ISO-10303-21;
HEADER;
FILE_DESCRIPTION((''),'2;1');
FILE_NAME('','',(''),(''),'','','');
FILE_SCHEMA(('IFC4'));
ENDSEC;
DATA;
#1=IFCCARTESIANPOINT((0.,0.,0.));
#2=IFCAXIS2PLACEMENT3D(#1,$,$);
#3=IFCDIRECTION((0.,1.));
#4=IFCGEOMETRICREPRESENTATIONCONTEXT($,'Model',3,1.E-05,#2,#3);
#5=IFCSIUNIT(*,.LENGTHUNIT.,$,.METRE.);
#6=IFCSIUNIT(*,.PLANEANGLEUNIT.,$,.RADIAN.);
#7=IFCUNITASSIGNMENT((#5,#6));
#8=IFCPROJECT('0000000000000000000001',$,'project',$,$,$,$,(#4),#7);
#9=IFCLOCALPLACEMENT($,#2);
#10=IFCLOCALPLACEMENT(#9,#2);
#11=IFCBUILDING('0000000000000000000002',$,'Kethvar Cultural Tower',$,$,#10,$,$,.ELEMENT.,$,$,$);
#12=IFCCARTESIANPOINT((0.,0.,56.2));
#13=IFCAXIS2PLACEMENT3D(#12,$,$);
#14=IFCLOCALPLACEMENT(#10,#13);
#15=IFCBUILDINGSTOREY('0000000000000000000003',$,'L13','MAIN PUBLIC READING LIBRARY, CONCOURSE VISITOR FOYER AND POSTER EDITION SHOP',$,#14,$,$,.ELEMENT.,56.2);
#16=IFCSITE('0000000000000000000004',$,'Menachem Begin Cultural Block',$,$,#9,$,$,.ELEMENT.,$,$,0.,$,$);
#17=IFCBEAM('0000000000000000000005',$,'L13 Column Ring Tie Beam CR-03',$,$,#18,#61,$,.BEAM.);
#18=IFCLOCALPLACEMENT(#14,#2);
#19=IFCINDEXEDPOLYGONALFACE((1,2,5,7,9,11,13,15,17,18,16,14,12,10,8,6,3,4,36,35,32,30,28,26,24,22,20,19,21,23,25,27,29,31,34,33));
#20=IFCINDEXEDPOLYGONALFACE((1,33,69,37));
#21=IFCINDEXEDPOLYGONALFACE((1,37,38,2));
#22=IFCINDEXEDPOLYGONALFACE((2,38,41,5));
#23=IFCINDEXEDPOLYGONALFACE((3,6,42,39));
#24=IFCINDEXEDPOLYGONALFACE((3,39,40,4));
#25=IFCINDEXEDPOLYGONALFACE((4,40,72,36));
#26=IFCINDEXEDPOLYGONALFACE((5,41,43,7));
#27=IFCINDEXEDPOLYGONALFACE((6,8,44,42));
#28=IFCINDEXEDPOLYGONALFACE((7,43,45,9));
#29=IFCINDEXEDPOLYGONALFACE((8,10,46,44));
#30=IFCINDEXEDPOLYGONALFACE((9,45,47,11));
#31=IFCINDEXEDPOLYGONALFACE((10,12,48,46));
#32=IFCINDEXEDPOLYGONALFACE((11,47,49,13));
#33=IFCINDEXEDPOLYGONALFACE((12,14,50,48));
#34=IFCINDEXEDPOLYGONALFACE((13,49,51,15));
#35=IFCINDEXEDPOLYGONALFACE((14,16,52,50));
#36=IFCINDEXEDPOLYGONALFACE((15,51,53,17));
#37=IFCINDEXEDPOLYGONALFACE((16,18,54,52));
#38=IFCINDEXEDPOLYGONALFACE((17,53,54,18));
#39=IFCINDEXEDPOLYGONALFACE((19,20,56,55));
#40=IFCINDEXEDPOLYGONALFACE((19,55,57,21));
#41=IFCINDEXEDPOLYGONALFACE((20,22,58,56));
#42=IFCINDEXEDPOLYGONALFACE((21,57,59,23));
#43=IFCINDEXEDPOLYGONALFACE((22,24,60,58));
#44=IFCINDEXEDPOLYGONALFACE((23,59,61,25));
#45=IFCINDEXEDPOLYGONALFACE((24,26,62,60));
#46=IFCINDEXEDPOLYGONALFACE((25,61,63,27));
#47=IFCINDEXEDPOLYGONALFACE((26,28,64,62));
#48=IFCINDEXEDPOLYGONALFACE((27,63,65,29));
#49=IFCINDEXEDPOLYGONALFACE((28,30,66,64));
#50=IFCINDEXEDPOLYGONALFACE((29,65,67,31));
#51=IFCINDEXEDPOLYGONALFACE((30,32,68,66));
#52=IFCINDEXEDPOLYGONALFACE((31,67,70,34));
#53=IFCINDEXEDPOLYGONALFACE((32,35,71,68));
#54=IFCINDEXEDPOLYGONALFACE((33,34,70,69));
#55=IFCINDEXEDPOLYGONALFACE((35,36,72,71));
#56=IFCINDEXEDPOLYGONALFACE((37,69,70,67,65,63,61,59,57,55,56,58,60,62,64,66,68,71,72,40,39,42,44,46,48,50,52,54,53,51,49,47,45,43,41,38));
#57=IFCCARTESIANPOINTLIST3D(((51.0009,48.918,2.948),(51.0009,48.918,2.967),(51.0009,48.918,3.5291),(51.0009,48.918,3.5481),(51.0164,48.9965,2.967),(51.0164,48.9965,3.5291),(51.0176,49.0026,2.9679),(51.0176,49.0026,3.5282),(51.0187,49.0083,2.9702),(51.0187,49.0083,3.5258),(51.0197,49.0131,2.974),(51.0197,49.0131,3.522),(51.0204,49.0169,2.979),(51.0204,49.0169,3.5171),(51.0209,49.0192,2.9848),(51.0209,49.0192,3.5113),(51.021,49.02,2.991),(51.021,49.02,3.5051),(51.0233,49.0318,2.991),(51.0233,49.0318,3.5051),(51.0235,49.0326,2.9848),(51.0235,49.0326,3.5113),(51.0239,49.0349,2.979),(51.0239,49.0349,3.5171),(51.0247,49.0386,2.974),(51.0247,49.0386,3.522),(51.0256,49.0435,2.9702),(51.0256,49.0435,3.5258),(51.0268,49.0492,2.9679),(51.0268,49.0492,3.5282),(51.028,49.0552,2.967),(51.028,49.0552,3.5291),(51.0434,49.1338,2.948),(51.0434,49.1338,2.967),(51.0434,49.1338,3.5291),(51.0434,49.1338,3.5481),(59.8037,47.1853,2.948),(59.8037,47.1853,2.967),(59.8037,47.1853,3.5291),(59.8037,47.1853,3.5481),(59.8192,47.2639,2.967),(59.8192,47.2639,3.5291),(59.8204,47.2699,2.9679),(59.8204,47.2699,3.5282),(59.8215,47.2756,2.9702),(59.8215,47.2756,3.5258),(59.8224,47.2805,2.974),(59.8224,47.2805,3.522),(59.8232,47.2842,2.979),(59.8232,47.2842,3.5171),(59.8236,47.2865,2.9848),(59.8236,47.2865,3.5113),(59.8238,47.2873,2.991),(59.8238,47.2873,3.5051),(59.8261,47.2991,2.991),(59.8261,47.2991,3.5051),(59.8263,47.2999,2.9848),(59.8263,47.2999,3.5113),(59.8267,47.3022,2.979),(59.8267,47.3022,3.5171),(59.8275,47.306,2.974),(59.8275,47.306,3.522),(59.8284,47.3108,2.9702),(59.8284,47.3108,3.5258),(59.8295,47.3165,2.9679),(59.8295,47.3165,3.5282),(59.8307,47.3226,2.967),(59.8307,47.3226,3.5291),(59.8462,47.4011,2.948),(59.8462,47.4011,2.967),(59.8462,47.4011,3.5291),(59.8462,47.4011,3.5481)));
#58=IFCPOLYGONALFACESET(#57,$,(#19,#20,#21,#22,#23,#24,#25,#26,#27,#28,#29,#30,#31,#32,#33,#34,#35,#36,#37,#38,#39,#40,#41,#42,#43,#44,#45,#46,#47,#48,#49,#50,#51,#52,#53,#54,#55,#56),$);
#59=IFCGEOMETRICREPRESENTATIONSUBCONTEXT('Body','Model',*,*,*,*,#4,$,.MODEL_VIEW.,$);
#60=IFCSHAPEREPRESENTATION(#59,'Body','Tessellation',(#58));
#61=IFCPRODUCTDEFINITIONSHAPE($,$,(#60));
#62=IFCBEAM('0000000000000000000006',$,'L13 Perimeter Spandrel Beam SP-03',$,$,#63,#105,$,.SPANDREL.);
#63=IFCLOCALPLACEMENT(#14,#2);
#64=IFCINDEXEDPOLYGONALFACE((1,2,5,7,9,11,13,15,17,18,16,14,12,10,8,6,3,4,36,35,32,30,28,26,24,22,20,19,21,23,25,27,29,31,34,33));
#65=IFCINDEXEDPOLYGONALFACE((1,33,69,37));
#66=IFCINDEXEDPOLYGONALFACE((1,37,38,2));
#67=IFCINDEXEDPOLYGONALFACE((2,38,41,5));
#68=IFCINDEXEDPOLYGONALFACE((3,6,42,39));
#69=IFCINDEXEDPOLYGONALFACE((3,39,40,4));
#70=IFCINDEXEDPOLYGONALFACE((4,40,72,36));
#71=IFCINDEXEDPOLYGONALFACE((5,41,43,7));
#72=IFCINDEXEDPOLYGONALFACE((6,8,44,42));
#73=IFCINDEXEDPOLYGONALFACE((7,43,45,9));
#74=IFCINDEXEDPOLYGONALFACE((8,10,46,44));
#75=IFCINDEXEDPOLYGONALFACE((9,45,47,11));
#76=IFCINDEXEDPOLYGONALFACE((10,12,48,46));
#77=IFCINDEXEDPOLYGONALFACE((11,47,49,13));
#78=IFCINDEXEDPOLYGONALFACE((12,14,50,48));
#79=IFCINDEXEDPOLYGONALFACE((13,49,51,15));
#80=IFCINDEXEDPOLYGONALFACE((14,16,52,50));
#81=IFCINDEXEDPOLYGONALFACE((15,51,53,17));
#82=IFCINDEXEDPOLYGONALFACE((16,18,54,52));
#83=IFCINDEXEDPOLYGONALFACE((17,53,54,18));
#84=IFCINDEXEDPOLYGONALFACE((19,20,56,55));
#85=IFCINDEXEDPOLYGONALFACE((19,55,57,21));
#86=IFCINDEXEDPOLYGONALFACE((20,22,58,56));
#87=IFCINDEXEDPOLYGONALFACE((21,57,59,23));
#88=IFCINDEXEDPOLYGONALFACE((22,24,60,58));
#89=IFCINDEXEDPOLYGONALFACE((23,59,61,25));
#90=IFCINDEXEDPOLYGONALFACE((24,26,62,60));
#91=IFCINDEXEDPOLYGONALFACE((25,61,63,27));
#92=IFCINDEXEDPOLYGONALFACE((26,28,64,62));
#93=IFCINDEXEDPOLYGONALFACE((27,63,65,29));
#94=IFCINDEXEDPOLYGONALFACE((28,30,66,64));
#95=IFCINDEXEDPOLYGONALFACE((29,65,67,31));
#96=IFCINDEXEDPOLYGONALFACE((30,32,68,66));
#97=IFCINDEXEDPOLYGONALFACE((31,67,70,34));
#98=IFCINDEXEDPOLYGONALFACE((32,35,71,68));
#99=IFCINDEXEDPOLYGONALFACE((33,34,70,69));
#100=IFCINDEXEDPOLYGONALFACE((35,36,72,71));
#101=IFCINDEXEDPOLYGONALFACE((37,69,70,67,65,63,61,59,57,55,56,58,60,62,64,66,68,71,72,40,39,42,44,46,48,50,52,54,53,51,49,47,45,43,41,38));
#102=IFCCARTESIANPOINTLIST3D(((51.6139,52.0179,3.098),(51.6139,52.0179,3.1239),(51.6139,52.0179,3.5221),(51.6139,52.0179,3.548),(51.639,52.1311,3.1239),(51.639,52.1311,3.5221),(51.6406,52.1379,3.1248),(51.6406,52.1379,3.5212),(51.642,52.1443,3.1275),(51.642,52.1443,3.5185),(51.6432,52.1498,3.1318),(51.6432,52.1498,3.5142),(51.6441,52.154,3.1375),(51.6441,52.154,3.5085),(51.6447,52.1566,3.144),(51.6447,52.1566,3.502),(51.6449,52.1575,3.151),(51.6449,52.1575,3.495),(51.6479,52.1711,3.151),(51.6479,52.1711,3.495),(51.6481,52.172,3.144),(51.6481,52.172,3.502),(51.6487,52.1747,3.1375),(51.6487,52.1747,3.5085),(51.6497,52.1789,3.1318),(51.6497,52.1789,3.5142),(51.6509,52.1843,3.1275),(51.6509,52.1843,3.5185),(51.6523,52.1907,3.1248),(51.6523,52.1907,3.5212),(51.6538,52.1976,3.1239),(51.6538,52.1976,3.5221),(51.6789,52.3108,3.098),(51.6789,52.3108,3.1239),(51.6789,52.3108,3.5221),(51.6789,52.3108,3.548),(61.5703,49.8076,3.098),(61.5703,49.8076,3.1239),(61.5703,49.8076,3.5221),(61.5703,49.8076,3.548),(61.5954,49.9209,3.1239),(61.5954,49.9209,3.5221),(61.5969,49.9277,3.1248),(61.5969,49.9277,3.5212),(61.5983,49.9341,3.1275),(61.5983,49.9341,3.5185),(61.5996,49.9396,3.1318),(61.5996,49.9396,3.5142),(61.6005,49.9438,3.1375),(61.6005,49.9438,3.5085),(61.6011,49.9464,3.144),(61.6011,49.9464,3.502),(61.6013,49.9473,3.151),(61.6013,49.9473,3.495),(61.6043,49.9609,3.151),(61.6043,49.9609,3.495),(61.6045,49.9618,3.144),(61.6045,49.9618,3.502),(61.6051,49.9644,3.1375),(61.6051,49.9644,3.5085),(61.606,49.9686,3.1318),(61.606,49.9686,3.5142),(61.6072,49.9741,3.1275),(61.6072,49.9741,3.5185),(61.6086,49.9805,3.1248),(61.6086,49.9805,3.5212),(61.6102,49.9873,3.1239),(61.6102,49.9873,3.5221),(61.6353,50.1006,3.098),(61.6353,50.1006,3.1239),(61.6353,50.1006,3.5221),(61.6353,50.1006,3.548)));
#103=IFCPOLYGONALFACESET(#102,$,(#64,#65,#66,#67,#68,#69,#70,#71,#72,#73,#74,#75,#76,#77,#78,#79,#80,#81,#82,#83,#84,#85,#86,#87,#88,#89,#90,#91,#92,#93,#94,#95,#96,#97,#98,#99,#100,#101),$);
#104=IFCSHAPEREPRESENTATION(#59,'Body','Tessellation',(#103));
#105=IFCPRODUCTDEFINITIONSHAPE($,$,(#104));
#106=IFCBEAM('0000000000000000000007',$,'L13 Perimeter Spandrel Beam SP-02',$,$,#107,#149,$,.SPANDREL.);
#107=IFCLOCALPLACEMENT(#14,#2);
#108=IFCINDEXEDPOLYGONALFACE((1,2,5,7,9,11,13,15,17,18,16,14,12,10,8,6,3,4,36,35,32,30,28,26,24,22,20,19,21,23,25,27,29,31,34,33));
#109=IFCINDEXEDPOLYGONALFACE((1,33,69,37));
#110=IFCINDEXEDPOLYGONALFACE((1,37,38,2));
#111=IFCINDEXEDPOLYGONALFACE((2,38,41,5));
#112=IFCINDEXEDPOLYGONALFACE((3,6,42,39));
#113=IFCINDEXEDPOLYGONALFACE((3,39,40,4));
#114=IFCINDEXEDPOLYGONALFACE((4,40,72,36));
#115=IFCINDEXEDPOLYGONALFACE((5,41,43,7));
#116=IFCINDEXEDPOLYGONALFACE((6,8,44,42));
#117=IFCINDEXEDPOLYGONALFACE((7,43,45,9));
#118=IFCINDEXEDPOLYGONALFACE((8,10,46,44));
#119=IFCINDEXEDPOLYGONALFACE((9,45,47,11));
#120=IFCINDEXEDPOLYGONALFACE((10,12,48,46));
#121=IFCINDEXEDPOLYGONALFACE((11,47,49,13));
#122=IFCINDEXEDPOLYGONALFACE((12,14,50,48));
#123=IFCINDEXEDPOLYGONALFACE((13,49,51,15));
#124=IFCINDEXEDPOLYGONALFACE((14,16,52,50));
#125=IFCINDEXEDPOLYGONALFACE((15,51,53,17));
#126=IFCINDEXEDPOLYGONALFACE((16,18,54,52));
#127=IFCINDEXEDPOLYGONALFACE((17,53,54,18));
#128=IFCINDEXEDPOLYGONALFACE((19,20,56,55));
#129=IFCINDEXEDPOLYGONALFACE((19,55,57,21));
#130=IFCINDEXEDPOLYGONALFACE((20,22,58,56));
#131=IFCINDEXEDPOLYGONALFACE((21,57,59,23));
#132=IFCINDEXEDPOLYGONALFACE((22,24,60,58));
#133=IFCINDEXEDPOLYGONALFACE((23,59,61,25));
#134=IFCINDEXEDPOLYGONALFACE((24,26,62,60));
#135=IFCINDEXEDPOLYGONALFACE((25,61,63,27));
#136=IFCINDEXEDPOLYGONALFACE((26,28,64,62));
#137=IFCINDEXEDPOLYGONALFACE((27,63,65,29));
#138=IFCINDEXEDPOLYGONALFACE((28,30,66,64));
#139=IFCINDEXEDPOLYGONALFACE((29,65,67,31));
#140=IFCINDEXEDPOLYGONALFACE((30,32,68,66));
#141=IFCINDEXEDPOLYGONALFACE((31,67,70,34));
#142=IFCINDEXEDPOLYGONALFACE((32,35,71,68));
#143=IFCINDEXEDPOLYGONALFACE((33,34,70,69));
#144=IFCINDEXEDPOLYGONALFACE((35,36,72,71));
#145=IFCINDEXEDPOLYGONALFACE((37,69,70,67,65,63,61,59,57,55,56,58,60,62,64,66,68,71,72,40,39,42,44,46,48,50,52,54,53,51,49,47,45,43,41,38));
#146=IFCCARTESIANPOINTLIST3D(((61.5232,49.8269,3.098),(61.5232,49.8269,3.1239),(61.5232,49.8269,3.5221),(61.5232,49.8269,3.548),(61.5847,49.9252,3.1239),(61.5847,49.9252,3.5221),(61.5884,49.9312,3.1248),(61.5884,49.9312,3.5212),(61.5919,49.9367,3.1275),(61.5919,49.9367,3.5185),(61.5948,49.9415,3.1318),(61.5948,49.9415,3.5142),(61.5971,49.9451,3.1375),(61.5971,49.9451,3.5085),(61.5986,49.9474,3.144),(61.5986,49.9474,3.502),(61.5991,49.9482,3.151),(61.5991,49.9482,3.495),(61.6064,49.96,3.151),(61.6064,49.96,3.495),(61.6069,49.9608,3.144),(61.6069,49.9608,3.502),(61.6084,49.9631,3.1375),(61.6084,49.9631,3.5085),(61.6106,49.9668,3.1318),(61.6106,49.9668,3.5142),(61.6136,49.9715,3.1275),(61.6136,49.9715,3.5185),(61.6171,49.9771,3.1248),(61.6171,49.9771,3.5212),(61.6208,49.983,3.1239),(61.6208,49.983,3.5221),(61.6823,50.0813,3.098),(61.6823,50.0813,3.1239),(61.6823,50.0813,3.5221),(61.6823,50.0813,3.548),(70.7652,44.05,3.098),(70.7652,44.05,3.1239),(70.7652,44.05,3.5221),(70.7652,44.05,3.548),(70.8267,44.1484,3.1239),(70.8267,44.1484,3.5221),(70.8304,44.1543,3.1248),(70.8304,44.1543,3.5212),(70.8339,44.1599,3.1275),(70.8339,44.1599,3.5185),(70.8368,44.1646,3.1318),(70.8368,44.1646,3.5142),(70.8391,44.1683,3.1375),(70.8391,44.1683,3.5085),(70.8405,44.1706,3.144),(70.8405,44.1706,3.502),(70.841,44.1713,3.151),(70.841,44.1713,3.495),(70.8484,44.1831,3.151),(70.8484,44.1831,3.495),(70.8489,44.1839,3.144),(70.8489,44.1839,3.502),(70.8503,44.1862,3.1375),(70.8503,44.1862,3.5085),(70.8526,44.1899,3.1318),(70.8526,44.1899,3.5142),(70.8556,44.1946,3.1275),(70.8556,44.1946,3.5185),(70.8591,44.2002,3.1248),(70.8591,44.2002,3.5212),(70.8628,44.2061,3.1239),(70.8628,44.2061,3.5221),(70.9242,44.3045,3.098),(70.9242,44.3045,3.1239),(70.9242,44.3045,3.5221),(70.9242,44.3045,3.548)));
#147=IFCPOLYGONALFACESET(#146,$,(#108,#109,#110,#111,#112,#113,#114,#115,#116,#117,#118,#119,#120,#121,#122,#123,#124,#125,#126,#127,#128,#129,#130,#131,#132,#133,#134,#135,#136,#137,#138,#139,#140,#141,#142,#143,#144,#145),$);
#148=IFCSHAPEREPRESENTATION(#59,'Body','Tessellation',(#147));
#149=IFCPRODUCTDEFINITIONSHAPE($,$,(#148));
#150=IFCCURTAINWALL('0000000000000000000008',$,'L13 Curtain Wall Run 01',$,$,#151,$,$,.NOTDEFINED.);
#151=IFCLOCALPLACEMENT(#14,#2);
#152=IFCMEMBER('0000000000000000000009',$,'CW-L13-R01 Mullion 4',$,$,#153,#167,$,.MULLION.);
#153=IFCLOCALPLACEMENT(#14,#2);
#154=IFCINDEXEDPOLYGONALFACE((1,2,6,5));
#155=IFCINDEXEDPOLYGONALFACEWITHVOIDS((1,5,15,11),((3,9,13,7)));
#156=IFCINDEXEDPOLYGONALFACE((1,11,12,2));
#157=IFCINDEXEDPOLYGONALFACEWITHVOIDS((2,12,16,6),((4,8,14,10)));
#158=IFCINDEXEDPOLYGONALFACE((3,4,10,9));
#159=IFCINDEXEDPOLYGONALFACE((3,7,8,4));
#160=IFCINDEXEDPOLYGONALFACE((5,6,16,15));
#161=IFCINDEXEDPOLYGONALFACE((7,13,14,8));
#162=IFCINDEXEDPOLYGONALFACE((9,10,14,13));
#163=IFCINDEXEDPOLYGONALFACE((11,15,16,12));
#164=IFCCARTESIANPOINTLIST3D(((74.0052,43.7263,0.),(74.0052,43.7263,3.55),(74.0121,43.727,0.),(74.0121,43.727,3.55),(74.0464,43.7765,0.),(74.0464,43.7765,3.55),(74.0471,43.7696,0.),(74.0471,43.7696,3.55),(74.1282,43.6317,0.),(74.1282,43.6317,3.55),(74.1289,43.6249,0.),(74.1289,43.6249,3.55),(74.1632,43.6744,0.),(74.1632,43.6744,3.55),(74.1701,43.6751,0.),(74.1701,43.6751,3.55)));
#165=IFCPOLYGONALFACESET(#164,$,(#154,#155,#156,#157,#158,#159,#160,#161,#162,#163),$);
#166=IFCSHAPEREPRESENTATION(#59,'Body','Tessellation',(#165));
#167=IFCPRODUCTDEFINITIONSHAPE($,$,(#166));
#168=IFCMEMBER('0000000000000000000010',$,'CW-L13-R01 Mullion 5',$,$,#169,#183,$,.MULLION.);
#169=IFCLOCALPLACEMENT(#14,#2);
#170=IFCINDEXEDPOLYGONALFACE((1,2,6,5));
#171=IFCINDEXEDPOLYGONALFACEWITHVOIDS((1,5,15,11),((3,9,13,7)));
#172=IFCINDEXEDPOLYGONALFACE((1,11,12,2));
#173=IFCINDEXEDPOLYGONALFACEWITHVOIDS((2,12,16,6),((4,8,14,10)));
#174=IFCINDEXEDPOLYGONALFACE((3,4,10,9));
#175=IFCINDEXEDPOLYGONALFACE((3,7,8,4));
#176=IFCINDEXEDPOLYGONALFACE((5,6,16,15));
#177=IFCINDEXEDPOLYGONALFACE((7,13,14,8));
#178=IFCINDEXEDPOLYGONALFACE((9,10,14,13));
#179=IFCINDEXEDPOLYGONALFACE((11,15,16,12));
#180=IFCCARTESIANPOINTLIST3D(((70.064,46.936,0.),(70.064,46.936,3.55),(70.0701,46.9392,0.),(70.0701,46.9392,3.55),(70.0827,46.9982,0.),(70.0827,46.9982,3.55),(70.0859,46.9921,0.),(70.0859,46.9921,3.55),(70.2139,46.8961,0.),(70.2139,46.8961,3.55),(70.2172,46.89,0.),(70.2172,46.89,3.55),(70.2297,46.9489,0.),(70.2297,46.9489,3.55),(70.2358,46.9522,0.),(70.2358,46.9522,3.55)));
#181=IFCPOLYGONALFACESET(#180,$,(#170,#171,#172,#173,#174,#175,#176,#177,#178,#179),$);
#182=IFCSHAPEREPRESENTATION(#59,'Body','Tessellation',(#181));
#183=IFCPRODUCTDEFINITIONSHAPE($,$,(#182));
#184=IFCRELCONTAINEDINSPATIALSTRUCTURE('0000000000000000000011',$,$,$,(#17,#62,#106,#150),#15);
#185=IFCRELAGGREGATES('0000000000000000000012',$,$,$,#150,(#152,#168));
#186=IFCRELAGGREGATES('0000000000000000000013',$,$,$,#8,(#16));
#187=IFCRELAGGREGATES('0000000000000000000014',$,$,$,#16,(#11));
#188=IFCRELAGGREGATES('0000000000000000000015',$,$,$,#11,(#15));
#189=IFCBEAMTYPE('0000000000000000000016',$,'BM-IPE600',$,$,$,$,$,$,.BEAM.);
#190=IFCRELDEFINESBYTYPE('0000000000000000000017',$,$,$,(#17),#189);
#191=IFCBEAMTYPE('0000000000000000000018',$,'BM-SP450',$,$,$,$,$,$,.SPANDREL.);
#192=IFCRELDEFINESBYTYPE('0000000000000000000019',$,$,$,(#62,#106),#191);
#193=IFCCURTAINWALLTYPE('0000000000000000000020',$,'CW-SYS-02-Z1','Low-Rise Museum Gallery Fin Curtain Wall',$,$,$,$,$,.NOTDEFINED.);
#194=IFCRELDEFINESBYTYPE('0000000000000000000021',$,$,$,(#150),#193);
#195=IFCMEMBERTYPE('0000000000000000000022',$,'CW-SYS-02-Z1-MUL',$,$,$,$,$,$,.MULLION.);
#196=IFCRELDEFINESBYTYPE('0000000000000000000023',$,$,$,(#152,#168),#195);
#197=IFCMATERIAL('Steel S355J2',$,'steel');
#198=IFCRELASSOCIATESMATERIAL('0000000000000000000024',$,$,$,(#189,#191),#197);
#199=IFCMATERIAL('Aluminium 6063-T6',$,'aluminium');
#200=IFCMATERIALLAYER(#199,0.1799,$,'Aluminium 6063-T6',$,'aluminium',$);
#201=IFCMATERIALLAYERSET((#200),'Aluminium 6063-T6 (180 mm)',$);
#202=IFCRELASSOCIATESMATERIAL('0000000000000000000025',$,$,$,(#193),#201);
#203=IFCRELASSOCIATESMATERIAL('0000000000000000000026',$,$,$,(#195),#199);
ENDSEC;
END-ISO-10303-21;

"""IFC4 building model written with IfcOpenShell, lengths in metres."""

from ifc_helpers import new_model, si_unit, direction, frame, origin, origin_2d, place, context, subcontext, project, spatial, hollow_rectangle, i_section, extrude, source, transform, mapped, material, layer, layer_set, material_profile, profile_set, type_object, element, aggregate, save


model = new_model("IFC4")

# Units and contexts
model_context = context("Model", 3, precision=1e-05, world=origin(), true_north=direction((0.0, 1.0)))
body_context = subcontext(model_context, "Body", "Model", "MODEL_VIEW")
ifc_project = project(units=[si_unit("LENGTHUNIT", "METRE"), si_unit("PLANEANGLEUNIT", "RADIAN")], contexts=[model_context])

# Site, building, storey
site_placement = place(None, origin())
site = spatial("IfcSite", under=ifc_project, at=site_placement, Name="Menachem Begin Cultural Block", CompositionType="ELEMENT", RefElevation=0.0)
building_placement = place(site_placement, origin())
building = spatial("IfcBuilding", under=site, at=building_placement, Name="Kethvar Cultural Tower", CompositionType="ELEMENT")
storey_placement = place(building_placement, frame((0.0, 0.0, 56.2)))
storey = spatial("IfcBuildingStorey", under=building, at=storey_placement, Name="L13", Description="MAIN PUBLIC READING LIBRARY, CONCOURSE VISITOR FOYER AND POSTER EDITION SHOP", CompositionType="ELEMENT", Elevation=56.2)

# Beams
ifc_material_1 = material(Name="Steel S355J2", Category="steel")
ifc_material_profile_1 = material_profile(ifc_material_1, i_section(OverallWidth=0.22, OverallDepth=0.6001, WebThickness=0.012, FlangeThickness=0.019, FilletRadius=0.0239, at=origin_2d()), Name="Steel S355J2 — IPE600")
ifc_profile_set_1 = profile_set([ifc_material_profile_1], Name="Steel S355J2 — IPE600")
beam_type_1 = type_object("IfcBeamType", Name="BM-IPE600", PredefinedType="BEAM", material=ifc_profile_set_1)
shared_shape_1 = source(origin(), body_context, "Body", "SweptSolid", [
    extrude(i_section(OverallWidth=0.22, OverallDepth=0.6001, WebThickness=0.012, FlangeThickness=0.019, FilletRadius=0.0239, at=origin_2d()), origin(), (0.0, 0.0, 1.0), 8.9717),
])
beam_1_placement = place(storey_placement, frame((59.825, 47.2932, 3.248), z_axis=(-0.981174, 0.193127, 0.0), x_axis=(-0.193127, -0.981174, 0.0)))
element("IfcBeam", 1, at=beam_1_placement, inside=storey, type_object=beam_type_1, Name="L13 Column Ring Tie Beam CR-03", PredefinedType="BEAM", context=body_context, shape_type="MappedRepresentation", body=[
    mapped(shared_shape_1, transform((0.0, 0.0, 0.0), scale=1.0)),
])
ifc_material_profile_2 = material_profile(ifc_material_1, i_section(OverallWidth=0.3, OverallDepth=0.45, WebThickness=0.0139, FlangeThickness=0.0259, FilletRadius=0.0271, at=origin_2d()), Name="Steel S355J2 — HEB450")
ifc_profile_set_2 = profile_set([ifc_material_profile_2], Name="Steel S355J2 — HEB450")
beam_type_2 = type_object("IfcBeamType", Name="BM-SP450", PredefinedType="SPANDREL", material=ifc_profile_set_2)
shared_shape_2 = source(origin(), body_context, "Body", "SweptSolid", [
    extrude(i_section(OverallWidth=0.3, OverallDepth=0.45, WebThickness=0.0139, FlangeThickness=0.0259, FilletRadius=0.0271, at=origin_2d()), origin(), (0.0, 0.0, 1.0), 10.1987),
])
beam_2_placement = place(storey_placement, frame((61.6028, 49.9541, 3.323), z_axis=(-0.976235, 0.216715, 0.0), x_axis=(-0.216715, -0.976235, 0.0)))
element("IfcBeam", 2, at=beam_2_placement, inside=storey, type_object=beam_type_2, Name="L13 Perimeter Spandrel Beam SP-03", PredefinedType="SPANDREL", context=body_context, shape_type="MappedRepresentation", body=[
    mapped(shared_shape_2, transform((0.0, 0.0, 0.0), scale=1.0)),
])
shared_shape_3 = source(origin(), body_context, "Body", "SweptSolid", [
    extrude(i_section(OverallWidth=0.3, OverallDepth=0.45, WebThickness=0.0139, FlangeThickness=0.0259, FilletRadius=0.0271, at=origin_2d()), origin(), (0.0, 0.0, 1.0), 10.8989),
])
beam_3_placement = place(storey_placement, frame((70.8447, 44.1772, 3.323), z_axis=(-0.847972, 0.530041, 0.0), x_axis=(-0.530041, -0.847972, 0.0)))
element("IfcBeam", 3, at=beam_3_placement, inside=storey, type_object=beam_type_2, Name="L13 Perimeter Spandrel Beam SP-02", PredefinedType="SPANDREL", context=body_context, shape_type="MappedRepresentation", body=[
    mapped(shared_shape_3, transform((0.0, 0.0, 0.0), scale=1.0)),
])

# Curtain wall, members
ifc_material_2 = material(Name="Aluminium 6063-T6", Category="aluminium")
ifc_layer_1 = layer(ifc_material_2, 0.1799, Name="Aluminium 6063-T6", Category="aluminium")
ifc_layer_set_1 = layer_set([ifc_layer_1], Name="Aluminium 6063-T6 (180 mm)")
curtain_wall_type = type_object("IfcCurtainWallType", Name="CW-SYS-02-Z1", Description="Low-Rise Museum Gallery Fin Curtain Wall", PredefinedType="NOTDEFINED", material=ifc_layer_set_1)
curtain_wall_placement = place(storey_placement, origin())
curtain_wall = element("IfcCurtainWall", 4, at=curtain_wall_placement, inside=storey, type_object=curtain_wall_type, Name="L13 Curtain Wall Run 01", PredefinedType="NOTDEFINED")
ifc_material_profile_3 = material_profile(ifc_material_2, hollow_rectangle(XDim=0.0649, YDim=0.1599, WallThickness=0.0049, at=origin_2d()), Name="Aluminium 6063-T6 — RHS160x65x5")
ifc_profile_set_3 = profile_set([ifc_material_profile_3], Name="Aluminium 6063-T6 — RHS160x65x5")
member_type_1 = type_object("IfcMemberType", Name="CW-SYS-02-Z1-MUL", PredefinedType="MULLION", material=ifc_profile_set_3)
shared_shape_4 = source(origin(), body_context, "Body", "SweptSolid", [
    extrude(hollow_rectangle(XDim=0.0649, YDim=0.1599, WallThickness=0.0049, at=origin_2d()), origin(), (0.0, 0.0, 1.0), 3.55),
])
member_1_placement = place(storey_placement, frame((74.0876, 43.7007, 0.0), z_axis=(0.0, 0.0, 1.0), x_axis=(-0.634366, -0.773033, 0.0)))
member_1 = element("IfcMember", 5, at=member_1_placement, type_object=member_type_1, Name="CW-L13-R01 Mullion 4", PredefinedType="MULLION", context=body_context, shape_type="MappedRepresentation", body=[
    mapped(shared_shape_4, transform((0.0, 0.0, 0.0), scale=1.0)),
])
member_2_placement = place(storey_placement, frame((70.1499, 46.9441, 0.0), z_axis=(0.0, 0.0, 1.0), x_axis=(-0.287411, -0.957807, 0.0)))
member_2 = element("IfcMember", 6, at=member_2_placement, type_object=member_type_1, Name="CW-L13-R01 Mullion 5", PredefinedType="MULLION", context=body_context, shape_type="MappedRepresentation", body=[
    mapped(shared_shape_4, transform((0.0, 0.0, 0.0), scale=1.0)),
])
aggregate(curtain_wall, [member_1, member_2])

save(model, "model.ifc")
